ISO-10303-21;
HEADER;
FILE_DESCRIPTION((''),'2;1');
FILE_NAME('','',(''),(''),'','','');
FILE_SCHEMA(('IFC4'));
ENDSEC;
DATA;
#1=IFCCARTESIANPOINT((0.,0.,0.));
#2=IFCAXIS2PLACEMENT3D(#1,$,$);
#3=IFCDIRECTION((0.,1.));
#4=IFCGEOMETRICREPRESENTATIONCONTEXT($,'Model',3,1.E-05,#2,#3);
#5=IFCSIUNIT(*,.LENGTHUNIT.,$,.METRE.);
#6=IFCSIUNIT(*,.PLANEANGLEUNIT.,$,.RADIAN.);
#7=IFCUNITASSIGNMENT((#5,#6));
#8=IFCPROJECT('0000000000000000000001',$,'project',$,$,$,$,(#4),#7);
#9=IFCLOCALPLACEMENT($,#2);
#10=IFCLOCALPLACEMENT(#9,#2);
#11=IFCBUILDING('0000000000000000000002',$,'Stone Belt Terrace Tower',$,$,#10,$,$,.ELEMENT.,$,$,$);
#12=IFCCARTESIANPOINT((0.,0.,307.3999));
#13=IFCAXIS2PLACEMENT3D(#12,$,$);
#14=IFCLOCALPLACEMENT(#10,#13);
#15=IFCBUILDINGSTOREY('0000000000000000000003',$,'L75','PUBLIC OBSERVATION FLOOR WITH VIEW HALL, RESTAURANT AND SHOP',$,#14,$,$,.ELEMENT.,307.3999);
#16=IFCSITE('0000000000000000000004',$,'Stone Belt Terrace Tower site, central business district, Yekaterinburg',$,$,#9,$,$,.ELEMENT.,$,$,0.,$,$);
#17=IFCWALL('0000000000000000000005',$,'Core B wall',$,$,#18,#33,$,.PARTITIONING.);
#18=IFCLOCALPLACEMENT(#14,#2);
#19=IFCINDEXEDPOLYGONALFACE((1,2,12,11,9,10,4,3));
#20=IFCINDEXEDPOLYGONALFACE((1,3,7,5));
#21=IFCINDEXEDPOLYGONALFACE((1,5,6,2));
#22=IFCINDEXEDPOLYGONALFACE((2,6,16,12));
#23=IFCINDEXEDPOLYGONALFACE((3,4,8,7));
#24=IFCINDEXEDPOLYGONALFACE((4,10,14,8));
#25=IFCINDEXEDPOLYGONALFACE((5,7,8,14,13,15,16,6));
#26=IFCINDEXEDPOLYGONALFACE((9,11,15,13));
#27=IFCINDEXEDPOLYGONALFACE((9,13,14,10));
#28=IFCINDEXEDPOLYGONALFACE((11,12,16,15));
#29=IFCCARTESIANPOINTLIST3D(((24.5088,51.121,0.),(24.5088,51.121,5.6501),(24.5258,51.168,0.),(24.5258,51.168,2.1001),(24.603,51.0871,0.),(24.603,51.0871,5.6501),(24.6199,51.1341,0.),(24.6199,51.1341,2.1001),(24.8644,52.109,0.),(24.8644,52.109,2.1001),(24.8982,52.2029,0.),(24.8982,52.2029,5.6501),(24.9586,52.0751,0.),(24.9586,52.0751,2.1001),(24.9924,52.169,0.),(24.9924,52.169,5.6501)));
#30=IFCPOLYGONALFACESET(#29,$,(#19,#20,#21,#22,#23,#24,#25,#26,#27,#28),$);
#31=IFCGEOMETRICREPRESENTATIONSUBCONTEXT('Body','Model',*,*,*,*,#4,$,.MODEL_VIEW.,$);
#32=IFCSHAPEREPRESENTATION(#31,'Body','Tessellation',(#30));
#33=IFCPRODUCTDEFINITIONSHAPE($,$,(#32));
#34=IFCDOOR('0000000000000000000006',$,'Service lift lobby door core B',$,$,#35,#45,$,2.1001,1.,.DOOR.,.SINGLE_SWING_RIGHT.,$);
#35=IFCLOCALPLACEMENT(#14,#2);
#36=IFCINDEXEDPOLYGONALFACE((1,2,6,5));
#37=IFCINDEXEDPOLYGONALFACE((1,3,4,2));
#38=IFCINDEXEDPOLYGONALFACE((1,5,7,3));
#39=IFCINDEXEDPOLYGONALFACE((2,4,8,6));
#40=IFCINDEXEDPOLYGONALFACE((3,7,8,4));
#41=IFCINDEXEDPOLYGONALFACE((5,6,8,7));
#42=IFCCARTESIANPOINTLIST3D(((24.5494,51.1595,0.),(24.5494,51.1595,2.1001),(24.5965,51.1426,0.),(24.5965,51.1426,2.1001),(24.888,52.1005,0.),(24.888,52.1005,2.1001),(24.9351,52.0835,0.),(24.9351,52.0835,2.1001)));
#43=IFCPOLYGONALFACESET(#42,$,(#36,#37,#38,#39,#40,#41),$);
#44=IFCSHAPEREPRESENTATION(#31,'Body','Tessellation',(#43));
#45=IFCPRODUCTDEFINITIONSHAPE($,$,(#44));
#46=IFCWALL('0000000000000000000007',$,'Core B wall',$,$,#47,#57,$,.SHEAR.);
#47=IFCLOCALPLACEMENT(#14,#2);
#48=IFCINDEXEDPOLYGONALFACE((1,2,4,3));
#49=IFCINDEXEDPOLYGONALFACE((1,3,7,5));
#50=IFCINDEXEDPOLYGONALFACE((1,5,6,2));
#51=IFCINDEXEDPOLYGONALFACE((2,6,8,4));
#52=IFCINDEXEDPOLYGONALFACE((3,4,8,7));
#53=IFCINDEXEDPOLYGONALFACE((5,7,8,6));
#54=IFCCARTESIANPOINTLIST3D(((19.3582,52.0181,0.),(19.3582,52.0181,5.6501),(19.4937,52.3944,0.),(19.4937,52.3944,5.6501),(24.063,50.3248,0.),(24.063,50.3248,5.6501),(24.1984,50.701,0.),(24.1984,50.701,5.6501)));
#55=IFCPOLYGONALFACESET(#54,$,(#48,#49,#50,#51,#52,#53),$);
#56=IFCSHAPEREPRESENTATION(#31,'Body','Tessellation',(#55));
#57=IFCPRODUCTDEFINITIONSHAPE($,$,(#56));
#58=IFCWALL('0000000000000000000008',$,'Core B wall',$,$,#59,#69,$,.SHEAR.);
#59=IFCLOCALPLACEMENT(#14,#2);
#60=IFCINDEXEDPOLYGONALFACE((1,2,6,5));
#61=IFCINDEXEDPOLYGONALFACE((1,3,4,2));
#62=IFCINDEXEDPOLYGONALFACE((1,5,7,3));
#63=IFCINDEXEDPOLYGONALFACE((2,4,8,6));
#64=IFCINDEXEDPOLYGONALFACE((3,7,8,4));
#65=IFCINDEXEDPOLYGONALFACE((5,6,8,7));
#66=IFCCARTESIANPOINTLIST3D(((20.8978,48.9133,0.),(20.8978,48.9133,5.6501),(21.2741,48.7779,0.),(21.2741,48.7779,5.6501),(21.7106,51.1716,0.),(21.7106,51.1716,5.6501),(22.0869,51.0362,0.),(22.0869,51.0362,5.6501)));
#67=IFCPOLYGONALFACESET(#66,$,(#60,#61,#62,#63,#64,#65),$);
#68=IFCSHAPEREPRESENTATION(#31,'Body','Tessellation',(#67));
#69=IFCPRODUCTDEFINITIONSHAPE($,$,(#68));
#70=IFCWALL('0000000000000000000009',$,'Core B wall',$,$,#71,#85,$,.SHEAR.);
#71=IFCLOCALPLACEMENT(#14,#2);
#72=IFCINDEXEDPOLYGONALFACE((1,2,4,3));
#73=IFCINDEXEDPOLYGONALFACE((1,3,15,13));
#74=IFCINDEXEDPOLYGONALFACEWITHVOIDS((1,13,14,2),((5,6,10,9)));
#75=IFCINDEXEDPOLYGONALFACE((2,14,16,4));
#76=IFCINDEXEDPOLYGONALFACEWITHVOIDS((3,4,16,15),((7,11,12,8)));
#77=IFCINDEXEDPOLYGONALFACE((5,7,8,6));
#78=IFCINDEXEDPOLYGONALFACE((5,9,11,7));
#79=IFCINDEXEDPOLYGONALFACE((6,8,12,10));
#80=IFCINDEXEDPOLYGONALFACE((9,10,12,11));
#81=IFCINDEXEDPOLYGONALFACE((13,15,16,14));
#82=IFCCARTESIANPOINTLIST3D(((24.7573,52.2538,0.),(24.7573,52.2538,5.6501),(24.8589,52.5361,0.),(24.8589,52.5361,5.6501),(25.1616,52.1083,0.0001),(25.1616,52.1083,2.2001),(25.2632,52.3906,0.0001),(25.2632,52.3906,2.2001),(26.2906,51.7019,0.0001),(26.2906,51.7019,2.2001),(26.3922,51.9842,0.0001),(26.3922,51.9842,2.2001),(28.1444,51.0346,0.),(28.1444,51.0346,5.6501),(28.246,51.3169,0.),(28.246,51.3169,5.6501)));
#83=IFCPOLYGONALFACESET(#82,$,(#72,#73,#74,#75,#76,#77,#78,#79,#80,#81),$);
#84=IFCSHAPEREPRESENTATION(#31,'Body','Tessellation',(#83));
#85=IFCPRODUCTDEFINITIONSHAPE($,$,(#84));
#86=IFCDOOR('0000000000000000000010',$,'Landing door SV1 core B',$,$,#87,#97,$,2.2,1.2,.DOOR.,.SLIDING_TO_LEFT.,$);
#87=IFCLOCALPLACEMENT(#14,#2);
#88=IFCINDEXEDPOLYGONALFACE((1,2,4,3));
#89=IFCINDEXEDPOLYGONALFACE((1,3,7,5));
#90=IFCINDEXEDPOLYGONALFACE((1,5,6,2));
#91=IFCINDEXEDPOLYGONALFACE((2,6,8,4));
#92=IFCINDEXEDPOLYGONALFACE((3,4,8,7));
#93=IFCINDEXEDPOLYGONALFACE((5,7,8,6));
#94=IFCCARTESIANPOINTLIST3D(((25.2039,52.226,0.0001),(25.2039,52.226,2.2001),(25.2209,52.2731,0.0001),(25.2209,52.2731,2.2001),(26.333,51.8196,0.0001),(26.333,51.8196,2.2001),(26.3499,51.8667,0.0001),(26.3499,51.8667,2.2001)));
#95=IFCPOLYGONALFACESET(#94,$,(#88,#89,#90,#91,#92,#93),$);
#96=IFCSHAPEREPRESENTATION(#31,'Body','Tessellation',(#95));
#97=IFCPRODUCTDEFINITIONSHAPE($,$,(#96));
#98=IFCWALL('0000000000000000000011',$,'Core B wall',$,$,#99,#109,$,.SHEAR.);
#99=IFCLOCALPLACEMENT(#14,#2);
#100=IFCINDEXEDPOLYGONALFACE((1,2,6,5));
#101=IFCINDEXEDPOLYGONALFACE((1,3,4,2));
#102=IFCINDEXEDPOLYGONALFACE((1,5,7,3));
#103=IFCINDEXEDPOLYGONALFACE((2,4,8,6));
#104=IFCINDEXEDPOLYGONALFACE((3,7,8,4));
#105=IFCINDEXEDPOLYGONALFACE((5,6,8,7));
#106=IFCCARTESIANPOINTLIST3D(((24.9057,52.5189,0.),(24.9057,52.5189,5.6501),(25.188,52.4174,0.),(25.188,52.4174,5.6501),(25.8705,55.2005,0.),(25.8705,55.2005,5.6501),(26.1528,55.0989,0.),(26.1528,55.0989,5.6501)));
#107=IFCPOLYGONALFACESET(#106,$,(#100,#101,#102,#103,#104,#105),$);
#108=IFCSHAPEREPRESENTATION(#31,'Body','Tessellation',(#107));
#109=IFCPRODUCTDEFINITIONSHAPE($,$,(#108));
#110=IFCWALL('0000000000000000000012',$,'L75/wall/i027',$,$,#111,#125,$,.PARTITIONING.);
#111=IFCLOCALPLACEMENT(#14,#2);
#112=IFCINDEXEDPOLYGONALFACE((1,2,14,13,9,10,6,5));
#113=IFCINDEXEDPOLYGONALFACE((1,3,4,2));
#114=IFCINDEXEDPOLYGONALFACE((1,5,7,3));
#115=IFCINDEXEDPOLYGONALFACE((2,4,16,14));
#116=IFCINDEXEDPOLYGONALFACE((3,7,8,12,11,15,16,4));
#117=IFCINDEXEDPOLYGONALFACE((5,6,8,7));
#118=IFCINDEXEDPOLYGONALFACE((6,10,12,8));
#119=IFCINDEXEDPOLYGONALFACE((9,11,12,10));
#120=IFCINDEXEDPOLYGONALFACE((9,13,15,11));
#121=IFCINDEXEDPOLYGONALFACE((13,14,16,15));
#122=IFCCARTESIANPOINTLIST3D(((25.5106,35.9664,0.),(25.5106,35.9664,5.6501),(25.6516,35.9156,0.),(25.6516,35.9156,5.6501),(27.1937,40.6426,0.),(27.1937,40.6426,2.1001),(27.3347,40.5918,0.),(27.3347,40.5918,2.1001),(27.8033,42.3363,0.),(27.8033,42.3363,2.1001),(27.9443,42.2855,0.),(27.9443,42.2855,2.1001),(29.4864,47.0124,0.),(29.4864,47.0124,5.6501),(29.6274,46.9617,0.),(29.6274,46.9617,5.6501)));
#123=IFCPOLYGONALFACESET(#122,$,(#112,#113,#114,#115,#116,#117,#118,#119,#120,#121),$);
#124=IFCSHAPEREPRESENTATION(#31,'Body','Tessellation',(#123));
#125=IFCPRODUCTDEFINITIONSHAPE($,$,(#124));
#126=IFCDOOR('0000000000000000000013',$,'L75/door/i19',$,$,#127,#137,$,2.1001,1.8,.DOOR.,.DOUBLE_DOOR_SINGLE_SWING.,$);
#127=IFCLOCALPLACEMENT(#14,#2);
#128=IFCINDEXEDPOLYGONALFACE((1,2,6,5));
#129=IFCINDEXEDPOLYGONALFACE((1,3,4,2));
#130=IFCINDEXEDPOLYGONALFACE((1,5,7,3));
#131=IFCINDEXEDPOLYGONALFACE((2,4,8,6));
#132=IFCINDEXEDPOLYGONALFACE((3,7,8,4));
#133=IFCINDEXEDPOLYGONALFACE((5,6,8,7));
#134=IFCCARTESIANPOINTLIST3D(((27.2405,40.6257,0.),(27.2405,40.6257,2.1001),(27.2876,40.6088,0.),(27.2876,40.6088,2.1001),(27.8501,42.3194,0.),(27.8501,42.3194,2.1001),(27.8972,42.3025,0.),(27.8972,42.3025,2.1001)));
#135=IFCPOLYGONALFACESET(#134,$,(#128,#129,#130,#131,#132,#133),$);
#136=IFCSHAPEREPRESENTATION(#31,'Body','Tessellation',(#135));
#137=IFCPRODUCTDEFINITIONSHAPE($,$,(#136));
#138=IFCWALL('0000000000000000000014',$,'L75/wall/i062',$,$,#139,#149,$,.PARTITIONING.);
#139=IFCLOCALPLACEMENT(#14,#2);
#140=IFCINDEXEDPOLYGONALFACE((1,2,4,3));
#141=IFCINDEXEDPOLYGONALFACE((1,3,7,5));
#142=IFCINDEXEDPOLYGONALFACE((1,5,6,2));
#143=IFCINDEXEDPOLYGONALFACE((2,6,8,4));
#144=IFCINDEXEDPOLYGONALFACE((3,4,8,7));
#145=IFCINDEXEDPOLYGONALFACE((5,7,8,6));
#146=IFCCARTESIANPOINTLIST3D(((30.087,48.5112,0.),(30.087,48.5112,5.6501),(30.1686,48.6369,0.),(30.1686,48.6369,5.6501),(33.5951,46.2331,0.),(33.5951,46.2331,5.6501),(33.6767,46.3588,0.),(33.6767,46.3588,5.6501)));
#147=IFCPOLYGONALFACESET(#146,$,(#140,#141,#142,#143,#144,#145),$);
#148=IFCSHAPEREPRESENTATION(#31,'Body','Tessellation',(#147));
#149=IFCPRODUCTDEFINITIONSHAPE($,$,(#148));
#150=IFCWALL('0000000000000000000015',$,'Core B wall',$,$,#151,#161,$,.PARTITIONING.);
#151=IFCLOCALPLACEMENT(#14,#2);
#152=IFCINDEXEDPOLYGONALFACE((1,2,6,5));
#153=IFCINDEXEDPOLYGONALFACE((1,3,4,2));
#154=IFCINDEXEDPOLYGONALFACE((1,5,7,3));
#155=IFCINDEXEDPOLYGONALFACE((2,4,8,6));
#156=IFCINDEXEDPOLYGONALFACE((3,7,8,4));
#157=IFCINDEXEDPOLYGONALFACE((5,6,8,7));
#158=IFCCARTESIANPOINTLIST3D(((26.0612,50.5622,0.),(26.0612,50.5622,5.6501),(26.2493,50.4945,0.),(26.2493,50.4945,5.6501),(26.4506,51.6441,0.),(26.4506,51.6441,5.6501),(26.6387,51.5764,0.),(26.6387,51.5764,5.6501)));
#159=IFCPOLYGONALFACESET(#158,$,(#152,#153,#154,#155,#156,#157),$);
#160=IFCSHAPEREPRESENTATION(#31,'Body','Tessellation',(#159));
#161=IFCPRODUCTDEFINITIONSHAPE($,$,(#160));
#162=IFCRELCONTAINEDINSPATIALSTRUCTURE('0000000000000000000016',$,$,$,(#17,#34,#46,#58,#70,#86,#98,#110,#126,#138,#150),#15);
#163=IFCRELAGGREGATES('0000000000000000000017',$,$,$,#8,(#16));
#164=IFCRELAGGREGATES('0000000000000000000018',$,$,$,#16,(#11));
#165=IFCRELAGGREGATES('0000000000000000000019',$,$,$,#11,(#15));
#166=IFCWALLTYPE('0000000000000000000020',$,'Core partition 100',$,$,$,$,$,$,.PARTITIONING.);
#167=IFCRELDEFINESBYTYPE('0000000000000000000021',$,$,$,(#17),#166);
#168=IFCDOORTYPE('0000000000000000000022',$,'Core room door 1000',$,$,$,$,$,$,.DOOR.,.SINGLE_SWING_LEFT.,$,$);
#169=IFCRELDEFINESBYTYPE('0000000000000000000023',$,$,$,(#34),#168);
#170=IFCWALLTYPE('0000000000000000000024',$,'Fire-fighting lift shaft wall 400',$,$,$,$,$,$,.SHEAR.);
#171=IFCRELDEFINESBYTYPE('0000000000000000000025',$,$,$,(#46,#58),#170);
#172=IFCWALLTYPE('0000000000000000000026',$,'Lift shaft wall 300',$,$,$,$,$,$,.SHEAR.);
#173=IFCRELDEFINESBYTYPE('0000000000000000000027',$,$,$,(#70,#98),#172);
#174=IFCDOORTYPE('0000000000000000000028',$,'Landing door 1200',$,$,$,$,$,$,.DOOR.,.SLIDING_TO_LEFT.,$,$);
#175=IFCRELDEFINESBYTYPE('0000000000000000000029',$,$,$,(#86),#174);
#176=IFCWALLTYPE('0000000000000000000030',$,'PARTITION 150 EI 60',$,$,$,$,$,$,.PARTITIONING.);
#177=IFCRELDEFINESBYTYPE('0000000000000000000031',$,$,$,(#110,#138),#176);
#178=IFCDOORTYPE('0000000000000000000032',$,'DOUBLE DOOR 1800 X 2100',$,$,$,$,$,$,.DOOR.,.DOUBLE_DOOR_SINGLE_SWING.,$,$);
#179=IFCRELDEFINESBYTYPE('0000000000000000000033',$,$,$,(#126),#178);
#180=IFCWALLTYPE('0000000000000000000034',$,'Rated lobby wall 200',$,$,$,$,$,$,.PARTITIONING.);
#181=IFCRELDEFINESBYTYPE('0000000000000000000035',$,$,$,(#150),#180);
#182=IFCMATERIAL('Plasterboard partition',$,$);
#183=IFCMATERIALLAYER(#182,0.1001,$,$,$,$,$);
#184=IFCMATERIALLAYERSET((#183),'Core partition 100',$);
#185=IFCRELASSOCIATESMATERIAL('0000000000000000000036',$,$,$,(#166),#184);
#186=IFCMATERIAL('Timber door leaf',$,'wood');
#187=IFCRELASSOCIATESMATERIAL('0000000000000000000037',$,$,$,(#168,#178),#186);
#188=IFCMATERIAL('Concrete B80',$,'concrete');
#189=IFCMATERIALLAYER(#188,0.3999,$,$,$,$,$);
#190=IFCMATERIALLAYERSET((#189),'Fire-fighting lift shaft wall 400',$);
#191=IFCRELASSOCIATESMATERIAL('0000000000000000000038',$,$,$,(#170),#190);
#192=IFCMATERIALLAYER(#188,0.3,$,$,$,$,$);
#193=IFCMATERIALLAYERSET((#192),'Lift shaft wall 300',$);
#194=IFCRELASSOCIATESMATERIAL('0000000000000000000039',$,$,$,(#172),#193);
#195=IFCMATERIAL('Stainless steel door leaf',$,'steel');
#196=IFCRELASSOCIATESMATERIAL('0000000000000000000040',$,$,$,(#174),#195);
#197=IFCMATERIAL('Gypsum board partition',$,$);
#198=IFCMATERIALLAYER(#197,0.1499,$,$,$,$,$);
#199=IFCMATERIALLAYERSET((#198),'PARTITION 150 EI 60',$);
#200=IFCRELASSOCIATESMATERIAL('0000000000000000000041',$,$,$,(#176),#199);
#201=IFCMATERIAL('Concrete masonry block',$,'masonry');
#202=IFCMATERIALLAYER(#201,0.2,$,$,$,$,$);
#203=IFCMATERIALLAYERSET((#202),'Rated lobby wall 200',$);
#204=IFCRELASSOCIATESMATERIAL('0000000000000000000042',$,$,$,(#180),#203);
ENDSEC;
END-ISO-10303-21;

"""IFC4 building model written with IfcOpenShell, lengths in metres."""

from ifc_helpers import new_model, si_unit, direction, frame, frame_2d, origin, place, context, subcontext, project, spatial, rectangle, extrude, material, layer, layer_set, type_object, element, fill, save


model = new_model("IFC4")

# Units and contexts
model_context = context("Model", 3, precision=1e-05, world=origin(), true_north=direction((0.0, 1.0)))
body_context = subcontext(model_context, "Body", "Model", "MODEL_VIEW")
ifc_project = project(units=[si_unit("LENGTHUNIT", "METRE"), si_unit("PLANEANGLEUNIT", "RADIAN")], contexts=[model_context])

# Site, building, storey
site_placement = place(None, origin())
site = spatial("IfcSite", under=ifc_project, at=site_placement, Name="Stone Belt Terrace Tower site, central business district, Yekaterinburg", CompositionType="ELEMENT", RefElevation=0.0)
building_placement = place(site_placement, origin())
building = spatial("IfcBuilding", under=site, at=building_placement, Name="Stone Belt Terrace Tower", CompositionType="ELEMENT")
storey_placement = place(building_placement, frame((0.0, 0.0, 307.3999)))
storey = spatial("IfcBuildingStorey", under=building, at=storey_placement, Name="L75", Description="PUBLIC OBSERVATION FLOOR WITH VIEW HALL, RESTAURANT AND SHOP", CompositionType="ELEMENT", Elevation=307.3999)

# Wall, opening, door
ifc_material_1 = material(Name="Plasterboard partition")
ifc_layer_1 = layer(ifc_material_1, 0.1001)
ifc_layer_set_1 = layer_set([ifc_layer_1], Name="Core partition 100")
wall_type_1 = type_object("IfcWallType", Name="Core partition 100", PredefinedType="PARTITIONING", material=ifc_layer_set_1)
wall_1_placement = place(storey_placement, frame((24.5559, 51.104, 0.0), z_axis=(0.0, 0.0, 1.0), x_axis=(0.338622, 0.940923, 0.0)))
wall_1 = element("IfcWall", 1, at=wall_1_placement, inside=storey, type_object=wall_type_1, Name="Core B wall", PredefinedType="PARTITIONING", context=body_context, shape_type="SweptSolid", body=[
    extrude(rectangle(XDim=1.1499, YDim=0.1001, at=frame_2d((0.575, 0.0))), origin(), (0.0, 0.0, 1.0), 5.6501),
])
opening_1_placement = place(wall_1_placement, frame((0.05, 0.0, 0.0)))
opening_1 = element("IfcOpeningElement", 2, at=opening_1_placement, cuts=wall_1, PredefinedType="OPENING", context=body_context, shape_type="SweptSolid", body=[
    extrude(rectangle(XDim=1.0, YDim=2.1001, at=frame_2d((0.5, 1.05))), frame((0.0, 0.0601, 0.0), z_axis=(0.0, -1.0, 0.0), x_axis=(1.0, 0.0, 0.0)), (0.0, 0.0, 1.0), 0.1201),
])
ifc_material_2 = material(Name="Timber door leaf", Category="wood")
door_type_1 = type_object("IfcDoorType", Name="Core room door 1000", OperationType="SINGLE_SWING_LEFT", PredefinedType="DOOR", material=ifc_material_2)
door_1_placement = place(opening_1_placement, origin())
door_1 = element("IfcDoor", 3, at=door_1_placement, inside=storey, type_object=door_type_1, Name="Service lift lobby door core B", OperationType="SINGLE_SWING_RIGHT", OverallHeight=2.1001, OverallWidth=1.0, PredefinedType="DOOR", context=body_context, shape_type="SweptSolid", body=[
    extrude(rectangle(XDim=1.0, YDim=2.1001, at=frame_2d((0.5, 1.05))), frame((0.0, 0.0249, 0.0), z_axis=(0.0, -1.0, 0.0), x_axis=(1.0, 0.0, 0.0)), (0.0, 0.0, 1.0), 0.05),
])
fill(opening_1, door_1)

# Walls
ifc_material_3 = material(Name="Concrete B80", Category="concrete")
ifc_layer_2 = layer(ifc_material_3, 0.3999)
ifc_layer_set_2 = layer_set([ifc_layer_2], Name="Fire-fighting lift shaft wall 400")
wall_type_2 = type_object("IfcWallType", Name="Fire-fighting lift shaft wall 400", PredefinedType="SHEAR", material=ifc_layer_set_2)
wall_2_placement = place(storey_placement, frame((24.1306, 50.5129, 0.0), z_axis=(0.0, 0.0, 1.0), x_axis=(-0.940912, 0.338652, 0.0)))
element("IfcWall", 4, at=wall_2_placement, inside=storey, type_object=wall_type_2, Name="Core B wall", PredefinedType="SHEAR", context=body_context, shape_type="SweptSolid", body=[
    extrude(rectangle(XDim=5.0002, YDim=0.3999, at=frame_2d((2.5, 0.0))), origin(), (0.0, 0.0, 1.0), 5.6501),
])
wall_3_placement = place(storey_placement, frame((21.0859, 48.8455, 0.0), z_axis=(0.0, 0.0, 1.0), x_axis=(0.338629, 0.94092, 0.0)))
element("IfcWall", 5, at=wall_3_placement, inside=storey, type_object=wall_type_2, Name="Core B wall", PredefinedType="SHEAR", context=body_context, shape_type="SweptSolid", body=[
    extrude(rectangle(XDim=2.4001, YDim=0.3999, at=frame_2d((1.2002, 0.0))), origin(), (0.0, 0.0, 1.0), 5.6501),
])

# Wall, opening, door
ifc_layer_3 = layer(ifc_material_3, 0.3)
ifc_layer_set_3 = layer_set([ifc_layer_3], Name="Lift shaft wall 300")
wall_type_3 = type_object("IfcWallType", Name="Lift shaft wall 300", PredefinedType="SHEAR", material=ifc_layer_set_3)
wall_4_placement = place(storey_placement, frame((28.1951, 51.1758, 0.0), z_axis=(0.0, 0.0, 1.0), x_axis=(-0.940901, 0.338681, 0.0)))
wall_4 = element("IfcWall", 6, at=wall_4_placement, inside=storey, type_object=wall_type_3, Name="Core B wall", PredefinedType="SHEAR", context=body_context, shape_type="SweptSolid", body=[
    extrude(rectangle(XDim=3.5999, YDim=0.3, at=frame_2d((1.7998, 0.0))), origin(), (0.0, 0.0, 1.0), 5.6501),
])
opening_2_placement = place(wall_4_placement, frame((1.97, 0.0, 0.0)))
opening_2 = element("IfcOpeningElement", 7, at=opening_2_placement, cuts=wall_4, PredefinedType="OPENING", context=body_context, shape_type="SweptSolid", body=[
    extrude(rectangle(XDim=1.2, YDim=2.2, at=frame_2d((0.6001, 1.1001))), frame((0.0, 0.1599, 0.0), z_axis=(0.0, -1.0, 0.0), x_axis=(1.0, 0.0, 0.0)), (0.0, 0.0, 1.0), 0.3201),
])
ifc_material_4 = material(Name="Stainless steel door leaf", Category="steel")
door_type_2 = type_object("IfcDoorType", Name="Landing door 1200", OperationType="SLIDING_TO_LEFT", PredefinedType="DOOR", material=ifc_material_4)
door_2_placement = place(opening_2_placement, origin())
door_2 = element("IfcDoor", 8, at=door_2_placement, inside=storey, type_object=door_type_2, Name="Landing door SV1 core B", OperationType="SLIDING_TO_LEFT", OverallHeight=2.2, OverallWidth=1.2, PredefinedType="DOOR", context=body_context, shape_type="SweptSolid", body=[
    extrude(rectangle(XDim=1.2, YDim=2.2, at=frame_2d((0.6001, 1.1001))), frame((0.0, 0.0249, 0.0), z_axis=(0.0, -1.0, 0.0), x_axis=(1.0, 0.0, 0.0)), (0.0, 0.0, 1.0), 0.05),
])
fill(opening_2, door_2)

# Wall
wall_5_placement = place(storey_placement, frame((25.0469, 52.4683, 0.0), z_axis=(0.0, 0.0, 1.0), x_axis=(0.33855, 0.940949, 0.0)))
element("IfcWall", 9, at=wall_5_placement, inside=storey, type_object=wall_type_3, Name="Core B wall", PredefinedType="SHEAR", context=body_context, shape_type="SweptSolid", body=[
    extrude(rectangle(XDim=2.8499, YDim=0.3, at=frame_2d((1.4248, 0.0))), origin(), (0.0, 0.0, 1.0), 5.6501),
])

# Wall, opening, door
ifc_material_5 = material(Name="Gypsum board partition")
ifc_layer_4 = layer(ifc_material_5, 0.1499)
ifc_layer_set_4 = layer_set([ifc_layer_4], Name="PARTITION 150 EI 60")
wall_type_4 = type_object("IfcWallType", Name="PARTITION 150 EI 60", PredefinedType="PARTITIONING", material=ifc_layer_set_4)
wall_6_placement = place(storey_placement, frame((29.5569, 46.9871, 0.0), z_axis=(0.0, 0.0, 1.0), x_axis=(-0.338661, -0.940909, 0.0)))
wall_6 = element("IfcWall", 10, at=wall_6_placement, inside=storey, type_object=wall_type_4, Name="L75/wall/i027", PredefinedType="PARTITIONING", context=body_context, shape_type="SweptSolid", body=[
    extrude(rectangle(XDim=11.7397, YDim=0.1499, at=frame_2d((5.8699, 0.0))), origin(), (0.0, 0.0, 1.0), 5.6501),
])
opening_3_placement = place(wall_6_placement, frame((4.97, 0.0, 0.0)))
opening_3 = element("IfcOpeningElement", 11, at=opening_3_placement, cuts=wall_6, PredefinedType="OPENING", context=body_context, shape_type="SweptSolid", body=[
    extrude(rectangle(XDim=1.8, YDim=2.1001, at=frame_2d((0.8999, 1.05))), frame((0.0, 0.085, 0.0), z_axis=(0.0, -1.0, 0.0), x_axis=(1.0, 0.0, 0.0)), (0.0, 0.0, 1.0), 0.1699),
])
door_type_3 = type_object("IfcDoorType", Name="DOUBLE DOOR 1800 X 2100", OperationType="DOUBLE_DOOR_SINGLE_SWING", PredefinedType="DOOR", material=ifc_material_2)
door_3_placement = place(opening_3_placement, origin())
door_3 = element("IfcDoor", 12, at=door_3_placement, inside=storey, type_object=door_type_3, Name="L75/door/i19", OperationType="DOUBLE_DOOR_SINGLE_SWING", OverallHeight=2.1001, OverallWidth=1.8, PredefinedType="DOOR", context=body_context, shape_type="SweptSolid", body=[
    extrude(rectangle(XDim=1.8, YDim=2.1001, at=frame_2d((0.8999, 1.05))), frame((0.0, 0.0249, 0.0), z_axis=(0.0, -1.0, 0.0), x_axis=(1.0, 0.0, 0.0)), (0.0, 0.0, 1.0), 0.05),
])
fill(opening_3, door_3)

# Walls
wall_7_placement = place(storey_placement, frame((30.1279, 48.574, 0.0), z_axis=(0.0, 0.0, 1.0), x_axis=(0.83868, -0.544625, 0.0)))
element("IfcWall", 13, at=wall_7_placement, inside=storey, type_object=wall_type_4, Name="L75/wall/i062", PredefinedType="PARTITIONING", context=body_context, shape_type="SweptSolid", body=[
    extrude(rectangle(XDim=4.1829, YDim=0.1499, at=frame_2d((2.0913, 0.0))), origin(), (0.0, 0.0, 1.0), 5.6501),
])
ifc_material_6 = material(Name="Concrete masonry block", Category="masonry")
ifc_layer_5 = layer(ifc_material_6, 0.2)
ifc_layer_set_5 = layer_set([ifc_layer_5], Name="Rated lobby wall 200")
wall_type_5 = type_object("IfcWallType", Name="Rated lobby wall 200", PredefinedType="PARTITIONING", material=ifc_layer_set_5)
wall_8_placement = place(storey_placement, frame((26.1553, 50.5283, 0.0), z_axis=(0.0, 0.0, 1.0), x_axis=(0.338622, 0.940923, 0.0)))
element("IfcWall", 14, at=wall_8_placement, inside=storey, type_object=wall_type_5, Name="Core B wall", PredefinedType="PARTITIONING", context=body_context, shape_type="SweptSolid", body=[
    extrude(rectangle(XDim=1.1499, YDim=0.2, at=frame_2d((0.575, 0.0))), origin(), (0.0, 0.0, 1.0), 5.6501),
])

save(model, "model.ifc")
